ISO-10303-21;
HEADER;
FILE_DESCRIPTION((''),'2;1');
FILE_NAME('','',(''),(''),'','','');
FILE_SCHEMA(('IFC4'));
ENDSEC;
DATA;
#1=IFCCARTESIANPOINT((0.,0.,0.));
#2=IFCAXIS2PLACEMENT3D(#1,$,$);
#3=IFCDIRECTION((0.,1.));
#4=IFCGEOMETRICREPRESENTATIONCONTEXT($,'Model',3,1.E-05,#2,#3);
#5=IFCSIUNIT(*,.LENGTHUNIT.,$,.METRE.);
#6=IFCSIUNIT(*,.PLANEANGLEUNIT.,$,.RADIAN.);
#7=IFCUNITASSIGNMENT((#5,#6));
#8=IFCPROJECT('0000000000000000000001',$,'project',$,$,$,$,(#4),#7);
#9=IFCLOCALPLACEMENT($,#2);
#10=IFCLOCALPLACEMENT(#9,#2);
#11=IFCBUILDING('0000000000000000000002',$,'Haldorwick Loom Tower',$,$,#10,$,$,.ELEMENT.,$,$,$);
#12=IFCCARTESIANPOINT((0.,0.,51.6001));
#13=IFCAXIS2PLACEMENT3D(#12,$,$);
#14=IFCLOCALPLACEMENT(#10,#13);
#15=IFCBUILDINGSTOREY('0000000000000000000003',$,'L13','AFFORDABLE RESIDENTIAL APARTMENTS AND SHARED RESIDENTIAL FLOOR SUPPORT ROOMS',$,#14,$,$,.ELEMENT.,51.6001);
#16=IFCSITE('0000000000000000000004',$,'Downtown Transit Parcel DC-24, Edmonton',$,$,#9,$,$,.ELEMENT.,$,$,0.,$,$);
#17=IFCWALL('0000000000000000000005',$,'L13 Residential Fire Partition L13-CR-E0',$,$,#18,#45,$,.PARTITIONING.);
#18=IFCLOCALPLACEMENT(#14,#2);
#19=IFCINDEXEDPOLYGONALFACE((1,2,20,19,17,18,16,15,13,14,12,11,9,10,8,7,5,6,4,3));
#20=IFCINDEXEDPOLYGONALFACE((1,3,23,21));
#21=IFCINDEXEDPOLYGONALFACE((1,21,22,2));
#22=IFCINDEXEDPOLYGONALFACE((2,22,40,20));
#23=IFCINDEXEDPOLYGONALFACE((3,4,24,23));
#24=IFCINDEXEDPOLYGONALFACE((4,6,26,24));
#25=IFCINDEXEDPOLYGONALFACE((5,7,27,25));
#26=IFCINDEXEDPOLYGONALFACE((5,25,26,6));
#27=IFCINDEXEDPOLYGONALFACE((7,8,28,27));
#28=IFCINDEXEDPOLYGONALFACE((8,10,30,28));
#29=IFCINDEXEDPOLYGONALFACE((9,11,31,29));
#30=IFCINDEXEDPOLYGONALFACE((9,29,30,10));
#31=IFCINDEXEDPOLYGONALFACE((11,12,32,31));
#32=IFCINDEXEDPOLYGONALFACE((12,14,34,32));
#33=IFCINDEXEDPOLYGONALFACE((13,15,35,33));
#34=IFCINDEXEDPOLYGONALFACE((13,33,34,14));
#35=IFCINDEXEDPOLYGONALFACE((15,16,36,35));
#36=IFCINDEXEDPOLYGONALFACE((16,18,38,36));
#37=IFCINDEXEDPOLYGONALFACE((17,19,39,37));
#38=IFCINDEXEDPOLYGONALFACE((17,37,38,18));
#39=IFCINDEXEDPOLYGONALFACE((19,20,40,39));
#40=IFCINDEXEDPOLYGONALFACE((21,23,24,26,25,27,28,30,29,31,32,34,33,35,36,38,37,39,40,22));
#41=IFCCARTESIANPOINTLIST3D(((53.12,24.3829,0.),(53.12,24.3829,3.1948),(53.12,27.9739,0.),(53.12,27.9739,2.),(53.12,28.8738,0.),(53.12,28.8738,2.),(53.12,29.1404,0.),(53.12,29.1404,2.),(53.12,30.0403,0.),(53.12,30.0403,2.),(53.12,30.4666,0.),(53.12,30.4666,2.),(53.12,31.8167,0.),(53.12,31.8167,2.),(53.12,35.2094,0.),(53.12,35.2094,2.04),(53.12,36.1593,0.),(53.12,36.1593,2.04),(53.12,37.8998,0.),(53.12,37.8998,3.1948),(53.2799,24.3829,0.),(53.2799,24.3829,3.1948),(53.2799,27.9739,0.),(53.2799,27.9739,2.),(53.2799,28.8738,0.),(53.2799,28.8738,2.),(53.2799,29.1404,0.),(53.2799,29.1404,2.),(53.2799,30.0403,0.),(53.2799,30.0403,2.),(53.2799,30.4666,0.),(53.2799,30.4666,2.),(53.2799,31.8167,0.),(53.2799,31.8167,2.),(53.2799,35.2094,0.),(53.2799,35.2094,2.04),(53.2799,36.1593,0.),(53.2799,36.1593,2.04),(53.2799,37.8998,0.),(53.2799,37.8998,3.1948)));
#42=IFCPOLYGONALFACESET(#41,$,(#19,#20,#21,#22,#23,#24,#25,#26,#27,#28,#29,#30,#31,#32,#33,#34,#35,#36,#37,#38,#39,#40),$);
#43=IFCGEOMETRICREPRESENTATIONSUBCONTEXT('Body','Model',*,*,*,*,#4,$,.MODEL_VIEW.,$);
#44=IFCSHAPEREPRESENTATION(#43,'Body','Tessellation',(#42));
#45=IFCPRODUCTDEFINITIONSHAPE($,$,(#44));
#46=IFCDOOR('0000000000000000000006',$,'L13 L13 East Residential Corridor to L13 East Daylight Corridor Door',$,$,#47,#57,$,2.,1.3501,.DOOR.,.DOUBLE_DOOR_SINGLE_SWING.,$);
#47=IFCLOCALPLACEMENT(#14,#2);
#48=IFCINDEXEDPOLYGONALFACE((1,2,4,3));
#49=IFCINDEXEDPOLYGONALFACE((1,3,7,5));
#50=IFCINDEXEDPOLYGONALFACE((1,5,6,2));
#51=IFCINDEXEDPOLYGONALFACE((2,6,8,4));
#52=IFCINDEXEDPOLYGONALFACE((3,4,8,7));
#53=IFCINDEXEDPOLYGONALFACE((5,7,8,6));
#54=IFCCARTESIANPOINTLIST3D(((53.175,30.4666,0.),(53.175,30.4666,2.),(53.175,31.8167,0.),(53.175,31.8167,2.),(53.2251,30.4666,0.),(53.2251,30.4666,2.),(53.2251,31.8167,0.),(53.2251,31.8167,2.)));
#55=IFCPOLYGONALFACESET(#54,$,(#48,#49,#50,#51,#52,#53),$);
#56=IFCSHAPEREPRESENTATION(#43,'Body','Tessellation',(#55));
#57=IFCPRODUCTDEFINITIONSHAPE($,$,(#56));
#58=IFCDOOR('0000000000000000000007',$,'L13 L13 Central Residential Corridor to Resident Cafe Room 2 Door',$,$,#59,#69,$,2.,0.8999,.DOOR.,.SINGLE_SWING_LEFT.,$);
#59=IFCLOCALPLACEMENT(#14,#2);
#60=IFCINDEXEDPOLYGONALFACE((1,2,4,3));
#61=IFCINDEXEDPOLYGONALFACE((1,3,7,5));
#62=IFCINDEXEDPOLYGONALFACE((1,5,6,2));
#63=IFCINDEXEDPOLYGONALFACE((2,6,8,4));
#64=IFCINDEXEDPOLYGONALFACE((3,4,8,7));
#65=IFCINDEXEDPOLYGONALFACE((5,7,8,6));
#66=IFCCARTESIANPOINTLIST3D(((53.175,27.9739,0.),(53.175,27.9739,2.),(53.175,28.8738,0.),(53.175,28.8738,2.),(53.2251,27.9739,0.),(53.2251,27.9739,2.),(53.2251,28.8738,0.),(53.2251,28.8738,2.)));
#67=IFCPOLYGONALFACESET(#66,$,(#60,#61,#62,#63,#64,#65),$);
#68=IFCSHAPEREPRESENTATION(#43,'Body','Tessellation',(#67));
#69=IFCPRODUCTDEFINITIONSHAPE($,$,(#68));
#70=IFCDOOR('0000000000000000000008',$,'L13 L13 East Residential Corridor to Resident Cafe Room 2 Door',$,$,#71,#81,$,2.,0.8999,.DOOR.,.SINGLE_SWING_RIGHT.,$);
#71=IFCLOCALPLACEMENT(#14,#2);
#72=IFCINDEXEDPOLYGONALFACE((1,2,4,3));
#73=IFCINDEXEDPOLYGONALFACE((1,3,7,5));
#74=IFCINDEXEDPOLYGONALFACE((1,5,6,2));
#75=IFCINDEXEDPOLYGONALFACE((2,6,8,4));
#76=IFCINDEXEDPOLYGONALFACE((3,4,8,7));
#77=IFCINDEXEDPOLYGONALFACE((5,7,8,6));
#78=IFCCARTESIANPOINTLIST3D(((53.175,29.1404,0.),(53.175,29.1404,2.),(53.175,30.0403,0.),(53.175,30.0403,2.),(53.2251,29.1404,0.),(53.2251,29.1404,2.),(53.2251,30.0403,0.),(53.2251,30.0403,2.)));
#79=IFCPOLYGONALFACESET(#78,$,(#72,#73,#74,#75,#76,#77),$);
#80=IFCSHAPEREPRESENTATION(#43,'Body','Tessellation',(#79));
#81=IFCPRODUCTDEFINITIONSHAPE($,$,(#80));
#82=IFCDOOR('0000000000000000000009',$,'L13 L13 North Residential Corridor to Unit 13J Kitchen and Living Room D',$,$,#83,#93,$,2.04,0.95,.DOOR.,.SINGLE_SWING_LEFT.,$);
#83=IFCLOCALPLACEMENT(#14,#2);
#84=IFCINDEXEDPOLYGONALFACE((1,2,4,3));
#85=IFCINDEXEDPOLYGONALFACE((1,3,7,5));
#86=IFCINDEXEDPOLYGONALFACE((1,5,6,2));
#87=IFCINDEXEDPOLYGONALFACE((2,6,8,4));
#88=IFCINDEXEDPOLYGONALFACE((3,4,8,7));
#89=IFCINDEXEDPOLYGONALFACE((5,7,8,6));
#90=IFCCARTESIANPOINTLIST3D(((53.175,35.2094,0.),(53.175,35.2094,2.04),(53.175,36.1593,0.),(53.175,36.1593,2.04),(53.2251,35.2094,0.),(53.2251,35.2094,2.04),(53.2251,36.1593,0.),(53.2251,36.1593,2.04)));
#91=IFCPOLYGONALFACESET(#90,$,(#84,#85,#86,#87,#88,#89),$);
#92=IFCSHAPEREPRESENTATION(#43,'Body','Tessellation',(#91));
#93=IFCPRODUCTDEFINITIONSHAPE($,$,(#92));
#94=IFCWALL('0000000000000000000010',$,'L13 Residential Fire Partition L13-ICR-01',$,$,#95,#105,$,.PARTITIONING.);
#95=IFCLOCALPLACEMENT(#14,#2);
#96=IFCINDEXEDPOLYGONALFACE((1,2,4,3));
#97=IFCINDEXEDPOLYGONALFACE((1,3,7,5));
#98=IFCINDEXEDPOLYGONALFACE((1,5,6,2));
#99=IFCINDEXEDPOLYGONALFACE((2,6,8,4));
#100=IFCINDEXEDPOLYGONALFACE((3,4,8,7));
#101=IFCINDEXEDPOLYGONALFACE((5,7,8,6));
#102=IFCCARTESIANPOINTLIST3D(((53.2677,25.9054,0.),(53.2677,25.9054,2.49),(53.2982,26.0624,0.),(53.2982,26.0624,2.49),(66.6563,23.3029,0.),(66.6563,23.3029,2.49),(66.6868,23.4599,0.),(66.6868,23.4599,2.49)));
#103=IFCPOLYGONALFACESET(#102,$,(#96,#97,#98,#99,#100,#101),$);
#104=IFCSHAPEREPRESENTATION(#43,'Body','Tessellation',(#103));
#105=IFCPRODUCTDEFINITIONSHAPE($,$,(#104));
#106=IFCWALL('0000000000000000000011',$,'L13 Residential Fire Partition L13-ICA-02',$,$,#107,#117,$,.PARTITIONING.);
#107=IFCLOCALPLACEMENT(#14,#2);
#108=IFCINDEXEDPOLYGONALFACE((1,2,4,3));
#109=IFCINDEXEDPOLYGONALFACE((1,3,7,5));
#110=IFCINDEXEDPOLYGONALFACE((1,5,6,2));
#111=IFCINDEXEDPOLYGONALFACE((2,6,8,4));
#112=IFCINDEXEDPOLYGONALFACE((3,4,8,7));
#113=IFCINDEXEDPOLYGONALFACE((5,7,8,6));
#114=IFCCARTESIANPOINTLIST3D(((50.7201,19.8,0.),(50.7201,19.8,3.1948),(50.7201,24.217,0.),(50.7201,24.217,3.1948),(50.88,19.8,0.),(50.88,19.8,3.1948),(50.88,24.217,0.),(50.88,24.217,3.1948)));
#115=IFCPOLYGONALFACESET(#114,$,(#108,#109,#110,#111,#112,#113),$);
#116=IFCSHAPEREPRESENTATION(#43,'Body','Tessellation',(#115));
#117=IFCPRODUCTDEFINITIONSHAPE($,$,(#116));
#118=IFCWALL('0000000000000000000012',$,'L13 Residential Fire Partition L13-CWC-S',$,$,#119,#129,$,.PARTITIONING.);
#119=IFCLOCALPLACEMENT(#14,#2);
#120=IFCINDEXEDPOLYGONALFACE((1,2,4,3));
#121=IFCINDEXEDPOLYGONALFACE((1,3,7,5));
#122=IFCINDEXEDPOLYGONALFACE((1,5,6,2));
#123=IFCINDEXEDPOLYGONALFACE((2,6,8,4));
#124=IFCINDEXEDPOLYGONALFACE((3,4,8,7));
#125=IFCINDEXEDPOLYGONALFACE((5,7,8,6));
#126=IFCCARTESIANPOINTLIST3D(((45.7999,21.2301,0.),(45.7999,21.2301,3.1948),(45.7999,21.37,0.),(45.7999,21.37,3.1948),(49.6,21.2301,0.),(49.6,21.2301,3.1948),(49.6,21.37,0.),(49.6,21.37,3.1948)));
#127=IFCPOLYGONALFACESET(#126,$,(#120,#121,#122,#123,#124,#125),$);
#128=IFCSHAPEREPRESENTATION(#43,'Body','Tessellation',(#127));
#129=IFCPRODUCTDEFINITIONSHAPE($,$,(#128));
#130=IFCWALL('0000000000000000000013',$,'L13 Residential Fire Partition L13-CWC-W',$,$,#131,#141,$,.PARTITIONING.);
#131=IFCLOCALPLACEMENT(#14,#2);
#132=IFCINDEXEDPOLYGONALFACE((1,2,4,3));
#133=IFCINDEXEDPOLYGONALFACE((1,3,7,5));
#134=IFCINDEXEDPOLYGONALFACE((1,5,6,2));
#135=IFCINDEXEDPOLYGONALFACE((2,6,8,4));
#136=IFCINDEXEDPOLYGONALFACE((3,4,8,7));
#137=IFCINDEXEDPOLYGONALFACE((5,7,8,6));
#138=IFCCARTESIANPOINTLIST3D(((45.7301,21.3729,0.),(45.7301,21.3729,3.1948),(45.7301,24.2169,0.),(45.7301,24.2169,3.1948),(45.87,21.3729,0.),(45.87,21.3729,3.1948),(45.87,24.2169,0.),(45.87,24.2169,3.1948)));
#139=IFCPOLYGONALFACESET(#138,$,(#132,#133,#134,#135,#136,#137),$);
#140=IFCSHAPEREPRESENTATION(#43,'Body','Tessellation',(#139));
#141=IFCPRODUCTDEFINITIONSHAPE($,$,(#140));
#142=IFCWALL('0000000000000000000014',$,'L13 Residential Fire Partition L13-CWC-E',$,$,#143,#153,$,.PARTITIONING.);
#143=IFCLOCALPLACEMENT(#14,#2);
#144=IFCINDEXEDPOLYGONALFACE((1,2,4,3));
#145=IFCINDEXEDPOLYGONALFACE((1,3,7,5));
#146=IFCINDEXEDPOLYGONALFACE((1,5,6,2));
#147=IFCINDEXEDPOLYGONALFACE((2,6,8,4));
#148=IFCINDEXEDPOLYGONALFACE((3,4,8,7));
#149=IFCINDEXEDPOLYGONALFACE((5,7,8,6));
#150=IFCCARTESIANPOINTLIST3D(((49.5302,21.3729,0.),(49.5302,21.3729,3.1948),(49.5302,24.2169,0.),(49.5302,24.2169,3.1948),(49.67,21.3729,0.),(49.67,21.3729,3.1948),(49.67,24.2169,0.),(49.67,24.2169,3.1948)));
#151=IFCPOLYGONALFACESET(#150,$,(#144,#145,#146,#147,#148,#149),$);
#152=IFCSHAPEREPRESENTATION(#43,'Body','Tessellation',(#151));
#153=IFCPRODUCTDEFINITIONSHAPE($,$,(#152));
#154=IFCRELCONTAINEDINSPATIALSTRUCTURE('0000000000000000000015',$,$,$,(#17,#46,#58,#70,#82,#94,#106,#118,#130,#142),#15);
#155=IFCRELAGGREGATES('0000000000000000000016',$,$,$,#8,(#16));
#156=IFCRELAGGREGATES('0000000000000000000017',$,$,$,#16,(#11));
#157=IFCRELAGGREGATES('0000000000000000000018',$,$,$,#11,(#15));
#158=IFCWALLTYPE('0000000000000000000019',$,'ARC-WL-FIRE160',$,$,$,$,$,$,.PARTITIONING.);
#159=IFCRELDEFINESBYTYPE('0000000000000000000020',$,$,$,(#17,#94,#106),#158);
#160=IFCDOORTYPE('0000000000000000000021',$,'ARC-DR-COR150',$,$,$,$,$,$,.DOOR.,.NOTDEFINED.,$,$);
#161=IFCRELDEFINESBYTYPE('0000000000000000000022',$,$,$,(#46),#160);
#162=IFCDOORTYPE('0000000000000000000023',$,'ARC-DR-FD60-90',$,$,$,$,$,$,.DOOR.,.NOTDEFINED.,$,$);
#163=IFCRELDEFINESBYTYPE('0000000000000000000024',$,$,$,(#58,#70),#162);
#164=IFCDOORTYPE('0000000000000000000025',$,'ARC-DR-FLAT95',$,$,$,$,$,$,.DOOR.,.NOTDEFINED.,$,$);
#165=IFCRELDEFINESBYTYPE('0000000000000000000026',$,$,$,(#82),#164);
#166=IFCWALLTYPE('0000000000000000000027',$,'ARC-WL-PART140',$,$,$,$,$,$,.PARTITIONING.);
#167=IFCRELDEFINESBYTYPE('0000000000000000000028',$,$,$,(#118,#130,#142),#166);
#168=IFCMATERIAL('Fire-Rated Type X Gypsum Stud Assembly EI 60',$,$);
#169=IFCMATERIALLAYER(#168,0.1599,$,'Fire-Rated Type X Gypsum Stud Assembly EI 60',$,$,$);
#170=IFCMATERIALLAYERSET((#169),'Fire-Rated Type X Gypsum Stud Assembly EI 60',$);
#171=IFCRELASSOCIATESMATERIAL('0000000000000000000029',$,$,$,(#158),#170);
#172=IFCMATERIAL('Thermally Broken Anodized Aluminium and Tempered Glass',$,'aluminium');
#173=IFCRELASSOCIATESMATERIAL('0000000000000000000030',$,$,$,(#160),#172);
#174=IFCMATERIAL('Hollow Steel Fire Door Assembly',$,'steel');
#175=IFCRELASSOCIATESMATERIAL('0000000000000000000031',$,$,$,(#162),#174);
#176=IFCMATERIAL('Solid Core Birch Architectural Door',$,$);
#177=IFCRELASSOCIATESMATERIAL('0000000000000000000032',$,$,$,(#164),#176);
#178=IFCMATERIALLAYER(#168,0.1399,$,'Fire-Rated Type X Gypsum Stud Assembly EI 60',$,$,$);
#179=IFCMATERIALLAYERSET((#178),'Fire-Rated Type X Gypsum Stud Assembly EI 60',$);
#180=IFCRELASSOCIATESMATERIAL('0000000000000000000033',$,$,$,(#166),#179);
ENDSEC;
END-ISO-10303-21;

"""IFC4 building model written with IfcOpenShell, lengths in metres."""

from ifc_helpers import new_model, si_unit, direction, frame, frame_2d, origin, place, context, subcontext, project, spatial, rectangle, extrude, material, layer, layer_set, type_object, element, fill, save


model = new_model("IFC4")

# Units and contexts
model_context = context("Model", 3, precision=1e-05, world=origin(), true_north=direction((0.0, 1.0)))
body_context = subcontext(model_context, "Body", "Model", "MODEL_VIEW")
ifc_project = project(units=[si_unit("LENGTHUNIT", "METRE"), si_unit("PLANEANGLEUNIT", "RADIAN")], contexts=[model_context])

# Site, building, storey
site_placement = place(None, origin())
site = spatial("IfcSite", under=ifc_project, at=site_placement, Name="Downtown Transit Parcel DC-24, Edmonton", CompositionType="ELEMENT", RefElevation=0.0)
building_placement = place(site_placement, origin())
building = spatial("IfcBuilding", under=site, at=building_placement, Name="Haldorwick Loom Tower", CompositionType="ELEMENT")
storey_placement = place(building_placement, frame((0.0, 0.0, 51.6001)))
storey = spatial("IfcBuildingStorey", under=building, at=storey_placement, Name="L13", Description="AFFORDABLE RESIDENTIAL APARTMENTS AND SHARED RESIDENTIAL FLOOR SUPPORT ROOMS", CompositionType="ELEMENT", Elevation=51.6001)

# Wall, openings, doors
ifc_material_1 = material(Name="Fire-Rated Type X Gypsum Stud Assembly EI 60")
ifc_layer_1 = layer(ifc_material_1, 0.1599, Name="Fire-Rated Type X Gypsum Stud Assembly EI 60")
ifc_layer_set_1 = layer_set([ifc_layer_1], Name="Fire-Rated Type X Gypsum Stud Assembly EI 60")
wall_type_1 = type_object("IfcWallType", Name="ARC-WL-FIRE160", PredefinedType="PARTITIONING", material=ifc_layer_set_1)
wall_1_placement = place(storey_placement, frame((53.2, 24.3831, 0.0), z_axis=(0.0, 0.0, 1.0), x_axis=(0.0, 1.0, 0.0)))
wall_1 = element("IfcWall", 1, at=wall_1_placement, inside=storey, type_object=wall_type_1, Name="L13 Residential Fire Partition L13-CR-E0", PredefinedType="PARTITIONING", context=body_context, shape_type="SweptSolid", body=[
    extrude(rectangle(XDim=13.5168, YDim=0.1599, at=frame_2d((6.7583, 0.0))), origin(), (0.0, 0.0, 1.0), 3.1948),
])
opening_1_placement = place(wall_1_placement, frame((6.0835, 0.0, 0.0)))
opening_1 = element("IfcOpeningElement", 2, at=opening_1_placement, cuts=wall_1, PredefinedType="OPENING", context=body_context, shape_type="SweptSolid", body=[
    extrude(rectangle(XDim=1.3501, YDim=2.0, at=frame_2d((0.675, 1.0))), frame((0.0, 0.0898, 0.0), z_axis=(0.0, -1.0, 0.0), x_axis=(1.0, 0.0, 0.0)), (0.0, 0.0, 1.0), 0.1799),
])
opening_2_placement = place(wall_1_placement, frame((10.8262, 0.0, 0.0)))
opening_2 = element("IfcOpeningElement", 3, at=opening_2_placement, cuts=wall_1, PredefinedType="OPENING", context=body_context, shape_type="SweptSolid", body=[
    extrude(rectangle(XDim=0.95, YDim=2.04, at=frame_2d((0.4751, 1.02))), frame((0.0, 0.0898, 0.0), z_axis=(0.0, -1.0, 0.0), x_axis=(1.0, 0.0, 0.0)), (0.0, 0.0, 1.0), 0.1799),
])
opening_3_placement = place(wall_1_placement, frame((3.5908, 0.0, 0.0)))
opening_3 = element("IfcOpeningElement", 4, at=opening_3_placement, cuts=wall_1, PredefinedType="OPENING", context=body_context, shape_type="SweptSolid", body=[
    extrude(rectangle(XDim=0.8999, YDim=2.0, at=frame_2d((0.45, 1.0))), frame((0.0, 0.0898, 0.0), z_axis=(0.0, -1.0, 0.0), x_axis=(1.0, 0.0, 0.0)), (0.0, 0.0, 1.0), 0.1799),
])
opening_4_placement = place(wall_1_placement, frame((4.7573, 0.0, 0.0)))
opening_4 = element("IfcOpeningElement", 5, at=opening_4_placement, cuts=wall_1, PredefinedType="OPENING", context=body_context, shape_type="SweptSolid", body=[
    extrude(rectangle(XDim=0.8999, YDim=2.0, at=frame_2d((0.45, 1.0))), frame((0.0, 0.0898, 0.0), z_axis=(0.0, -1.0, 0.0), x_axis=(1.0, 0.0, 0.0)), (0.0, 0.0, 1.0), 0.1799),
])
ifc_material_2 = material(Name="Thermally Broken Anodized Aluminium and Tempered Glass", Category="aluminium")
door_type_1 = type_object("IfcDoorType", Name="ARC-DR-COR150", OperationType="NOTDEFINED", PredefinedType="DOOR", material=ifc_material_2)
door_1_placement = place(opening_1_placement, origin())
door_1 = element("IfcDoor", 6, at=door_1_placement, inside=storey, type_object=door_type_1, Name="L13 L13 East Residential Corridor to L13 East Daylight Corridor Door", OperationType="DOUBLE_DOOR_SINGLE_SWING", OverallHeight=2.0, OverallWidth=1.3501, PredefinedType="DOOR", context=body_context, shape_type="SweptSolid", body=[
    extrude(rectangle(XDim=1.3501, YDim=2.0, at=frame_2d((0.675, 1.0))), frame((0.0, 0.0249, 0.0), z_axis=(0.0, -1.0, 0.0), x_axis=(1.0, 0.0, 0.0)), (0.0, 0.0, 1.0), 0.05),
])
fill(opening_1, door_1)
ifc_material_3 = material(Name="Hollow Steel Fire Door Assembly", Category="steel")
door_type_2 = type_object("IfcDoorType", Name="ARC-DR-FD60-90", OperationType="NOTDEFINED", PredefinedType="DOOR", material=ifc_material_3)
door_2_placement = place(opening_3_placement, origin())
door_2 = element("IfcDoor", 7, at=door_2_placement, inside=storey, type_object=door_type_2, Name="L13 L13 Central Residential Corridor to Resident Cafe Room 2 Door", OperationType="SINGLE_SWING_LEFT", OverallHeight=2.0, OverallWidth=0.8999, PredefinedType="DOOR", context=body_context, shape_type="SweptSolid", body=[
    extrude(rectangle(XDim=0.8999, YDim=2.0, at=frame_2d((0.45, 1.0))), frame((0.0, 0.0249, 0.0), z_axis=(0.0, -1.0, 0.0), x_axis=(1.0, 0.0, 0.0)), (0.0, 0.0, 1.0), 0.05),
])
fill(opening_3, door_2)
door_3_placement = place(opening_4_placement, origin())
door_3 = element("IfcDoor", 8, at=door_3_placement, inside=storey, type_object=door_type_2, Name="L13 L13 East Residential Corridor to Resident Cafe Room 2 Door", OperationType="SINGLE_SWING_RIGHT", OverallHeight=2.0, OverallWidth=0.8999, PredefinedType="DOOR", context=body_context, shape_type="SweptSolid", body=[
    extrude(rectangle(XDim=0.8999, YDim=2.0, at=frame_2d((0.45, 1.0))), frame((0.0, 0.0249, 0.0), z_axis=(0.0, -1.0, 0.0), x_axis=(1.0, 0.0, 0.0)), (0.0, 0.0, 1.0), 0.05),
])
fill(opening_4, door_3)
ifc_material_4 = material(Name="Solid Core Birch Architectural Door")
door_type_3 = type_object("IfcDoorType", Name="ARC-DR-FLAT95", OperationType="NOTDEFINED", PredefinedType="DOOR", material=ifc_material_4)
door_4_placement = place(opening_2_placement, origin())
door_4 = element("IfcDoor", 9, at=door_4_placement, inside=storey, type_object=door_type_3, Name="L13 L13 North Residential Corridor to Unit 13J Kitchen and Living Room D", OperationType="SINGLE_SWING_LEFT", OverallHeight=2.04, OverallWidth=0.95, PredefinedType="DOOR", context=body_context, shape_type="SweptSolid", body=[
    extrude(rectangle(XDim=0.95, YDim=2.04, at=frame_2d((0.4751, 1.02))), frame((0.0, 0.0249, 0.0), z_axis=(0.0, -1.0, 0.0), x_axis=(1.0, 0.0, 0.0)), (0.0, 0.0, 1.0), 0.05),
])
fill(opening_2, door_4)

# Walls
wall_2_placement = place(storey_placement, frame((53.283, 25.9839, 0.0), z_axis=(0.0, 0.0, 1.0), x_axis=(0.981627, -0.190812, 0.0)))
element("IfcWall", 10, at=wall_2_placement, inside=storey, type_object=wall_type_1, Name="L13 Residential Fire Partition L13-ICR-01", PredefinedType="PARTITIONING", context=body_context, shape_type="SweptSolid", body=[
    extrude(rectangle(XDim=13.6392, YDim=0.1599, at=frame_2d((6.8196, 0.0))), origin(), (0.0, 0.0, 1.0), 2.49),
])
wall_3_placement = place(storey_placement, frame((50.8, 24.217, 0.0), z_axis=(0.0, 0.0, 1.0), x_axis=(0.0, -1.0, 0.0)))
element("IfcWall", 11, at=wall_3_placement, inside=storey, type_object=wall_type_1, Name="L13 Residential Fire Partition L13-ICA-02", PredefinedType="PARTITIONING", context=body_context, shape_type="SweptSolid", body=[
    extrude(rectangle(XDim=4.417, YDim=0.1599, at=frame_2d((2.2085, 0.0))), origin(), (0.0, 0.0, 1.0), 3.1948),
])
ifc_layer_2 = layer(ifc_material_1, 0.1399, Name="Fire-Rated Type X Gypsum Stud Assembly EI 60")
ifc_layer_set_2 = layer_set([ifc_layer_2], Name="Fire-Rated Type X Gypsum Stud Assembly EI 60")
wall_type_2 = type_object("IfcWallType", Name="ARC-WL-PART140", PredefinedType="PARTITIONING", material=ifc_layer_set_2)
wall_4_placement = place(storey_placement, frame((45.8, 21.3, 0.0), z_axis=(0.0, 0.0, 1.0), x_axis=(1.0, 0.0, 0.0)))
element("IfcWall", 12, at=wall_4_placement, inside=storey, type_object=wall_type_2, Name="L13 Residential Fire Partition L13-CWC-S", PredefinedType="PARTITIONING", context=body_context, shape_type="SweptSolid", body=[
    extrude(rectangle(XDim=3.8, YDim=0.1399, at=frame_2d((1.8999, 0.0))), origin(), (0.0, 0.0, 1.0), 3.1948),
])
for number, where, z_axis, x_axis, name in (
    (13, (45.8, 21.373, 0.0), (0.0, 0.0, 1.0), (0.0, 1.0, 0.0), "L13 Residential Fire Partition L13-CWC-W"),
    (14, (49.6001, 21.373, 0.0), (0.0, 0.0, 1.0), (0.0, 1.0, 0.0), "L13 Residential Fire Partition L13-CWC-E"),
):
    element("IfcWall", number, at=place(storey_placement, frame(where, z_axis=z_axis, x_axis=x_axis)), inside=storey, type_object=wall_type_2, Name=name, PredefinedType="PARTITIONING", context=body_context, shape_type="SweptSolid", body=[
        extrude(rectangle(XDim=2.844, YDim=0.1399, at=frame_2d((1.4219, 0.0))), origin(), (0.0, 0.0, 1.0), 3.1948),
    ])

save(model, "model.ifc")
